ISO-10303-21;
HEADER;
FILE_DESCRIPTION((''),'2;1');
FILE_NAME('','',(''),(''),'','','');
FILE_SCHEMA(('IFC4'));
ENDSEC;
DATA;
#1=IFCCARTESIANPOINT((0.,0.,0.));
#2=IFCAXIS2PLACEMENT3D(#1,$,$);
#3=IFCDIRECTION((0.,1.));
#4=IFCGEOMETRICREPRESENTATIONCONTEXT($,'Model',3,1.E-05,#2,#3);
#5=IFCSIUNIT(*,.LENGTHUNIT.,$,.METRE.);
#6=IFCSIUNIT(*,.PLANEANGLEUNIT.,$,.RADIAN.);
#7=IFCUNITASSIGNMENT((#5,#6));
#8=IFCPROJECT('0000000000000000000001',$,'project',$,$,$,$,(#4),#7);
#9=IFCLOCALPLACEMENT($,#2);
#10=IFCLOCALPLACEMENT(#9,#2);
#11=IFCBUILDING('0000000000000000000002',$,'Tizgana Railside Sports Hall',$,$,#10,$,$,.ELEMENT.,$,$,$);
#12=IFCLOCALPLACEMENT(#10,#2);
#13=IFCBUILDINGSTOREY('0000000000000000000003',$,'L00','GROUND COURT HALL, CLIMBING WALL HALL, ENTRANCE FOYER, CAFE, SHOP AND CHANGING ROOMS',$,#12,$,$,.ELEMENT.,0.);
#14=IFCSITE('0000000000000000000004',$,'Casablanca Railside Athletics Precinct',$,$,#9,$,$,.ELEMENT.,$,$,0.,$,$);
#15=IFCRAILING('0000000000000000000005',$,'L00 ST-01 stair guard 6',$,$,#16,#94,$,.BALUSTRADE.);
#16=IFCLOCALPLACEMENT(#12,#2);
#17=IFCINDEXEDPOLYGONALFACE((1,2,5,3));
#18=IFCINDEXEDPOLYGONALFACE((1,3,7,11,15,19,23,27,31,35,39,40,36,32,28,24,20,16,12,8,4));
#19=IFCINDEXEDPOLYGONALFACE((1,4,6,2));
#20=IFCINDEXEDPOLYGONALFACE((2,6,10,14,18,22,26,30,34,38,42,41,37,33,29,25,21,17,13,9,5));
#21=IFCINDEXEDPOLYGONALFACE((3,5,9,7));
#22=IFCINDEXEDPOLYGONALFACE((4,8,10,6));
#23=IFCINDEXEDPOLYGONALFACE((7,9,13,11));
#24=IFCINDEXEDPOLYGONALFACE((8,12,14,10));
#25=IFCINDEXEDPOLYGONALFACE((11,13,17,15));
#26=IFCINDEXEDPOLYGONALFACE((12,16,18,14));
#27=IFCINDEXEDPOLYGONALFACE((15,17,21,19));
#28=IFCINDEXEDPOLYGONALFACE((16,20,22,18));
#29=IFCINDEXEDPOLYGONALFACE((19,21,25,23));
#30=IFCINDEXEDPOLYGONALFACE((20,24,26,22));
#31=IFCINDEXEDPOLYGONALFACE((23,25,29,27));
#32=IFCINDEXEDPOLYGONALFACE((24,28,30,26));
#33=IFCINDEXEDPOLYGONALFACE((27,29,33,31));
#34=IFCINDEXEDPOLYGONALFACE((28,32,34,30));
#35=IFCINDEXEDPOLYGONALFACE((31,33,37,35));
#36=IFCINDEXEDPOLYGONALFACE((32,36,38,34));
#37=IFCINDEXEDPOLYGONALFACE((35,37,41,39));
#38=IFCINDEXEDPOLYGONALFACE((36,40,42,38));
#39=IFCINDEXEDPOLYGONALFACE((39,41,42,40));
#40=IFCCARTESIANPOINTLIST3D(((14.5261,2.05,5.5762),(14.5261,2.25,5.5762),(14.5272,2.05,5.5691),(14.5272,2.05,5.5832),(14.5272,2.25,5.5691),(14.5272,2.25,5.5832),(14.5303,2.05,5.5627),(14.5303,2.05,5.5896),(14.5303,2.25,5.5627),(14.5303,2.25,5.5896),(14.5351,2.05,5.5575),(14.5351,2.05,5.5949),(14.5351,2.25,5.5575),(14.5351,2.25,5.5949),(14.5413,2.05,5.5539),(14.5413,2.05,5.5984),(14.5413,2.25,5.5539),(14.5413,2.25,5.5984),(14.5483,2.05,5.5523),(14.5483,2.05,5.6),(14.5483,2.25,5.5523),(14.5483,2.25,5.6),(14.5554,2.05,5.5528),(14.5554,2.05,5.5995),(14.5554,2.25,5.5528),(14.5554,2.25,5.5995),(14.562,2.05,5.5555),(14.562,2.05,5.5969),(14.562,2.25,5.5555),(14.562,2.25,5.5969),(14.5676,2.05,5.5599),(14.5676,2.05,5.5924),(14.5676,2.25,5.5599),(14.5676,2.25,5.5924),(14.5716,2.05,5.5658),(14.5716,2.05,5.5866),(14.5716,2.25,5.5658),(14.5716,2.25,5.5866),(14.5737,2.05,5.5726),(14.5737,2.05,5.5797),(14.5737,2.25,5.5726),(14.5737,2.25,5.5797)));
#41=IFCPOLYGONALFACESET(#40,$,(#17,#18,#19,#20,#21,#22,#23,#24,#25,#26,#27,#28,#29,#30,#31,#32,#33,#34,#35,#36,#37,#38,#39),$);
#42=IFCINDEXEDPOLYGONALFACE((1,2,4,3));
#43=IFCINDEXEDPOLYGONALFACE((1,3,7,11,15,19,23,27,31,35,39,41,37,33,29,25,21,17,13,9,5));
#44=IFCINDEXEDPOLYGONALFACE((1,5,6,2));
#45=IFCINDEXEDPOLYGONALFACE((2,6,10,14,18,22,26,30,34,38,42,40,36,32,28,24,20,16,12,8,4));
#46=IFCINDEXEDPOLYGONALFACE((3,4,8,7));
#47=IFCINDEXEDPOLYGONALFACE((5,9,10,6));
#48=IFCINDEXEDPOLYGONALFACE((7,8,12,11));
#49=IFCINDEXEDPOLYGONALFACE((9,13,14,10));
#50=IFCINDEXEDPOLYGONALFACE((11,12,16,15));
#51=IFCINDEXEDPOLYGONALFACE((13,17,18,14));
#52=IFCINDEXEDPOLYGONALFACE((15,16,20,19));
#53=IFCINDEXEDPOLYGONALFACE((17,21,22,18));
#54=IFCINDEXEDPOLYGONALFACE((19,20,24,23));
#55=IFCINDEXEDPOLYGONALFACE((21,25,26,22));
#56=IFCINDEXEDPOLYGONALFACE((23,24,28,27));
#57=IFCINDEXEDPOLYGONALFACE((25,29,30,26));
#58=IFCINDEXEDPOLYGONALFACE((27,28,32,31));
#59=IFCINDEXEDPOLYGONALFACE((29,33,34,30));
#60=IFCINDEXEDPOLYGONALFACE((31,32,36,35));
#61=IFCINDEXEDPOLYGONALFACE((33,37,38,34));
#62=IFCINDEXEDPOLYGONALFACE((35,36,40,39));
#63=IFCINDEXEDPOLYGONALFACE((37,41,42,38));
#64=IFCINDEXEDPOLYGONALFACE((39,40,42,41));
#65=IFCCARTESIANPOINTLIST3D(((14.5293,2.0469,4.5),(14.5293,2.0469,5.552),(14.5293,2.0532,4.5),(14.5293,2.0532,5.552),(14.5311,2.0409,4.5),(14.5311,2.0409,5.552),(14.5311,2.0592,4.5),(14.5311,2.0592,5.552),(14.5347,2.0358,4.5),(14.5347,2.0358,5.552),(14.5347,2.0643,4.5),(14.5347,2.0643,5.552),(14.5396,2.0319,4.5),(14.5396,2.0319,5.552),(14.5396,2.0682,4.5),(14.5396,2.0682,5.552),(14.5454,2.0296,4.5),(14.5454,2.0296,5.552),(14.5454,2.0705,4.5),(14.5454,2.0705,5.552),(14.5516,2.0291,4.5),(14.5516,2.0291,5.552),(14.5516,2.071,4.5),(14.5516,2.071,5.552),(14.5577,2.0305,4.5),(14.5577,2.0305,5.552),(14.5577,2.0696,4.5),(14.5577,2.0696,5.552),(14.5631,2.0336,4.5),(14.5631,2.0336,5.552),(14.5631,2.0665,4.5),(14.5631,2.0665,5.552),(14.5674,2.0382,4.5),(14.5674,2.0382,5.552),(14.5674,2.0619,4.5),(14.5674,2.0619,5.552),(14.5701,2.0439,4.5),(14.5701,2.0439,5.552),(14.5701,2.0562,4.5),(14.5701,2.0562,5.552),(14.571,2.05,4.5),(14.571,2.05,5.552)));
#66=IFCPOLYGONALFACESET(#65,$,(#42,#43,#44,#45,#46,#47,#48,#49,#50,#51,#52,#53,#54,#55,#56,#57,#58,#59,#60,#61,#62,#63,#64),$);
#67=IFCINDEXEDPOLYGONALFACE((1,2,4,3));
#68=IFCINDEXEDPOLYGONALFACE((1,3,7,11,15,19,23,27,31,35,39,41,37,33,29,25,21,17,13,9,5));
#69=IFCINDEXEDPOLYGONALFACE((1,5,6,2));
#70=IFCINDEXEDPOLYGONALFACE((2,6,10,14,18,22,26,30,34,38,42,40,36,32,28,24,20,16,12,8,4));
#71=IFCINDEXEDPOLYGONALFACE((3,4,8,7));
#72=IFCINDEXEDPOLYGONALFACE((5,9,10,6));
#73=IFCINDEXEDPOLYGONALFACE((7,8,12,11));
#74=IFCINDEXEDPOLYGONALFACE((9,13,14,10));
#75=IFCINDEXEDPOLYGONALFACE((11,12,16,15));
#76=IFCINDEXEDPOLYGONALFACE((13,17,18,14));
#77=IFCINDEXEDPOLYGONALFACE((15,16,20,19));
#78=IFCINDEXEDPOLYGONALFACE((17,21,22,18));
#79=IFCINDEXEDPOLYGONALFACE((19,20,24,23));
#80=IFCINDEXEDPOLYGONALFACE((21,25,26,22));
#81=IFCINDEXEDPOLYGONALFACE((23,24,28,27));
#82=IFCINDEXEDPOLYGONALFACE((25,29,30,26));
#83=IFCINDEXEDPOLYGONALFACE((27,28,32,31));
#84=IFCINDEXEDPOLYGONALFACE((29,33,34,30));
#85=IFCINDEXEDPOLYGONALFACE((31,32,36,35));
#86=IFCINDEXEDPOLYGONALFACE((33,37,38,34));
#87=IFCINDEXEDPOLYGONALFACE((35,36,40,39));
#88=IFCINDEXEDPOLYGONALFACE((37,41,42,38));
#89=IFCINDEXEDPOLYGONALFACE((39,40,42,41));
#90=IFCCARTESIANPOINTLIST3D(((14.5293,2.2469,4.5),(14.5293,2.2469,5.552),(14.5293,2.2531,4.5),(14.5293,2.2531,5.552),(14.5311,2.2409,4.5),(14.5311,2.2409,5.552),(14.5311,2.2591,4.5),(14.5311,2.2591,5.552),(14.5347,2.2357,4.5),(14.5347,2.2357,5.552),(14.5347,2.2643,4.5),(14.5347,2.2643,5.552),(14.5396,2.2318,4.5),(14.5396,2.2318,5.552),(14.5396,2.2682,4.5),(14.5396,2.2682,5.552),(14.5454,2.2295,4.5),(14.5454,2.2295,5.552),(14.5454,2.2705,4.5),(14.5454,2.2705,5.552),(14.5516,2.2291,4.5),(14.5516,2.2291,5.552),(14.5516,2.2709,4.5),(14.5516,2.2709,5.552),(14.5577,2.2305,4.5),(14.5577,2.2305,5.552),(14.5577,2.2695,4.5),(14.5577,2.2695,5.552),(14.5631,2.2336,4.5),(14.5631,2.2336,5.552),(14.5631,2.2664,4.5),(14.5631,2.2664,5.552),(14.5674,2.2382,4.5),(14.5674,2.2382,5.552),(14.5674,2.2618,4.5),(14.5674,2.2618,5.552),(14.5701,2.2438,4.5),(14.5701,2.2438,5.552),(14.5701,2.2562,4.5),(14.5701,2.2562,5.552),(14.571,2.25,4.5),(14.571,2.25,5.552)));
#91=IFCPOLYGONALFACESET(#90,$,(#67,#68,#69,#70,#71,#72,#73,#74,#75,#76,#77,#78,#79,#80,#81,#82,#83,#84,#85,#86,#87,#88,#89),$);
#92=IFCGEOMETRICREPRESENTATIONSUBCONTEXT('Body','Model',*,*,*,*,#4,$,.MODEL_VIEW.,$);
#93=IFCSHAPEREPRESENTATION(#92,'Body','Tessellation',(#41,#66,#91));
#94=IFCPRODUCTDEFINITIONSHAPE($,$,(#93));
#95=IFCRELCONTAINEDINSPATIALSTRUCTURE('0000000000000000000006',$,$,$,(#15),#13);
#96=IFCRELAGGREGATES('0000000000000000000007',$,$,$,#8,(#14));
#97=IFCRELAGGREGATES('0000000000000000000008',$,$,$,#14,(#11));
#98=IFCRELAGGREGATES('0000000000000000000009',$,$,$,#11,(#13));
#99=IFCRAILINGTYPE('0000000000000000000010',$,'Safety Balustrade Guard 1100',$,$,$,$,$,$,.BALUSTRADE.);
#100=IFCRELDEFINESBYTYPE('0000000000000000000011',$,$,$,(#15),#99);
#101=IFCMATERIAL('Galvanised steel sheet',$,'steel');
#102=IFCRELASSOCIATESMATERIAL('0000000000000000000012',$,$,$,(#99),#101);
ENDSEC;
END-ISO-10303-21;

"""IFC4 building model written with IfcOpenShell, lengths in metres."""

from ifc_helpers import new_model, si_unit, direction, frame, origin, origin_2d, place, context, subcontext, project, spatial, circle, extrude, material, type_object, element, save


model = new_model("IFC4")

# Units and contexts
model_context = context("Model", 3, precision=1e-05, world=origin(), true_north=direction((0.0, 1.0)))
body_context = subcontext(model_context, "Body", "Model", "MODEL_VIEW")
ifc_project = project(units=[si_unit("LENGTHUNIT", "METRE"), si_unit("PLANEANGLEUNIT", "RADIAN")], contexts=[model_context])

# Site, building, storey
site_placement = place(None, origin())
site = spatial("IfcSite", under=ifc_project, at=site_placement, Name="Casablanca Railside Athletics Precinct", CompositionType="ELEMENT", RefElevation=0.0)
building_placement = place(site_placement, origin())
building = spatial("IfcBuilding", under=site, at=building_placement, Name="Tizgana Railside Sports Hall", CompositionType="ELEMENT")
storey_placement = place(building_placement, origin())
storey = spatial("IfcBuildingStorey", under=building, at=storey_placement, Name="L00", Description="GROUND COURT HALL, CLIMBING WALL HALL, ENTRANCE FOYER, CAFE, SHOP AND CHANGING ROOMS", CompositionType="ELEMENT", Elevation=0.0)

# Railing
ifc_material_1 = material(Name="Galvanised steel sheet", Category="steel")
railing_type_1 = type_object("IfcRailingType", Name="Safety Balustrade Guard 1100", PredefinedType="BALUSTRADE", material=ifc_material_1)
railing_1_placement = place(storey_placement, frame((14.55, 2.05, 4.5)))
element("IfcRailing", 1, at=railing_1_placement, inside=storey, type_object=railing_type_1, Name="L00 ST-01 stair guard 6", PredefinedType="BALUSTRADE", context=body_context, shape_type="SweptSolid", body=[
    extrude(circle(Radius=0.0239, at=origin_2d()), frame((0.0, 0.0, 1.0762), z_axis=(0.0, 1.0, 0.0), x_axis=(-1.0, 0.0, 0.0)), (0.0, 0.0, 1.0), 0.2),
    extrude(circle(Radius=0.021, at=origin_2d()), origin(), (0.0, 0.0, 1.0), 1.052),
    extrude(circle(Radius=0.021, at=origin_2d()), frame((0.0, 0.2, 0.0)), (0.0, 0.0, 1.0), 1.052),
])

save(model, "model.ifc")
